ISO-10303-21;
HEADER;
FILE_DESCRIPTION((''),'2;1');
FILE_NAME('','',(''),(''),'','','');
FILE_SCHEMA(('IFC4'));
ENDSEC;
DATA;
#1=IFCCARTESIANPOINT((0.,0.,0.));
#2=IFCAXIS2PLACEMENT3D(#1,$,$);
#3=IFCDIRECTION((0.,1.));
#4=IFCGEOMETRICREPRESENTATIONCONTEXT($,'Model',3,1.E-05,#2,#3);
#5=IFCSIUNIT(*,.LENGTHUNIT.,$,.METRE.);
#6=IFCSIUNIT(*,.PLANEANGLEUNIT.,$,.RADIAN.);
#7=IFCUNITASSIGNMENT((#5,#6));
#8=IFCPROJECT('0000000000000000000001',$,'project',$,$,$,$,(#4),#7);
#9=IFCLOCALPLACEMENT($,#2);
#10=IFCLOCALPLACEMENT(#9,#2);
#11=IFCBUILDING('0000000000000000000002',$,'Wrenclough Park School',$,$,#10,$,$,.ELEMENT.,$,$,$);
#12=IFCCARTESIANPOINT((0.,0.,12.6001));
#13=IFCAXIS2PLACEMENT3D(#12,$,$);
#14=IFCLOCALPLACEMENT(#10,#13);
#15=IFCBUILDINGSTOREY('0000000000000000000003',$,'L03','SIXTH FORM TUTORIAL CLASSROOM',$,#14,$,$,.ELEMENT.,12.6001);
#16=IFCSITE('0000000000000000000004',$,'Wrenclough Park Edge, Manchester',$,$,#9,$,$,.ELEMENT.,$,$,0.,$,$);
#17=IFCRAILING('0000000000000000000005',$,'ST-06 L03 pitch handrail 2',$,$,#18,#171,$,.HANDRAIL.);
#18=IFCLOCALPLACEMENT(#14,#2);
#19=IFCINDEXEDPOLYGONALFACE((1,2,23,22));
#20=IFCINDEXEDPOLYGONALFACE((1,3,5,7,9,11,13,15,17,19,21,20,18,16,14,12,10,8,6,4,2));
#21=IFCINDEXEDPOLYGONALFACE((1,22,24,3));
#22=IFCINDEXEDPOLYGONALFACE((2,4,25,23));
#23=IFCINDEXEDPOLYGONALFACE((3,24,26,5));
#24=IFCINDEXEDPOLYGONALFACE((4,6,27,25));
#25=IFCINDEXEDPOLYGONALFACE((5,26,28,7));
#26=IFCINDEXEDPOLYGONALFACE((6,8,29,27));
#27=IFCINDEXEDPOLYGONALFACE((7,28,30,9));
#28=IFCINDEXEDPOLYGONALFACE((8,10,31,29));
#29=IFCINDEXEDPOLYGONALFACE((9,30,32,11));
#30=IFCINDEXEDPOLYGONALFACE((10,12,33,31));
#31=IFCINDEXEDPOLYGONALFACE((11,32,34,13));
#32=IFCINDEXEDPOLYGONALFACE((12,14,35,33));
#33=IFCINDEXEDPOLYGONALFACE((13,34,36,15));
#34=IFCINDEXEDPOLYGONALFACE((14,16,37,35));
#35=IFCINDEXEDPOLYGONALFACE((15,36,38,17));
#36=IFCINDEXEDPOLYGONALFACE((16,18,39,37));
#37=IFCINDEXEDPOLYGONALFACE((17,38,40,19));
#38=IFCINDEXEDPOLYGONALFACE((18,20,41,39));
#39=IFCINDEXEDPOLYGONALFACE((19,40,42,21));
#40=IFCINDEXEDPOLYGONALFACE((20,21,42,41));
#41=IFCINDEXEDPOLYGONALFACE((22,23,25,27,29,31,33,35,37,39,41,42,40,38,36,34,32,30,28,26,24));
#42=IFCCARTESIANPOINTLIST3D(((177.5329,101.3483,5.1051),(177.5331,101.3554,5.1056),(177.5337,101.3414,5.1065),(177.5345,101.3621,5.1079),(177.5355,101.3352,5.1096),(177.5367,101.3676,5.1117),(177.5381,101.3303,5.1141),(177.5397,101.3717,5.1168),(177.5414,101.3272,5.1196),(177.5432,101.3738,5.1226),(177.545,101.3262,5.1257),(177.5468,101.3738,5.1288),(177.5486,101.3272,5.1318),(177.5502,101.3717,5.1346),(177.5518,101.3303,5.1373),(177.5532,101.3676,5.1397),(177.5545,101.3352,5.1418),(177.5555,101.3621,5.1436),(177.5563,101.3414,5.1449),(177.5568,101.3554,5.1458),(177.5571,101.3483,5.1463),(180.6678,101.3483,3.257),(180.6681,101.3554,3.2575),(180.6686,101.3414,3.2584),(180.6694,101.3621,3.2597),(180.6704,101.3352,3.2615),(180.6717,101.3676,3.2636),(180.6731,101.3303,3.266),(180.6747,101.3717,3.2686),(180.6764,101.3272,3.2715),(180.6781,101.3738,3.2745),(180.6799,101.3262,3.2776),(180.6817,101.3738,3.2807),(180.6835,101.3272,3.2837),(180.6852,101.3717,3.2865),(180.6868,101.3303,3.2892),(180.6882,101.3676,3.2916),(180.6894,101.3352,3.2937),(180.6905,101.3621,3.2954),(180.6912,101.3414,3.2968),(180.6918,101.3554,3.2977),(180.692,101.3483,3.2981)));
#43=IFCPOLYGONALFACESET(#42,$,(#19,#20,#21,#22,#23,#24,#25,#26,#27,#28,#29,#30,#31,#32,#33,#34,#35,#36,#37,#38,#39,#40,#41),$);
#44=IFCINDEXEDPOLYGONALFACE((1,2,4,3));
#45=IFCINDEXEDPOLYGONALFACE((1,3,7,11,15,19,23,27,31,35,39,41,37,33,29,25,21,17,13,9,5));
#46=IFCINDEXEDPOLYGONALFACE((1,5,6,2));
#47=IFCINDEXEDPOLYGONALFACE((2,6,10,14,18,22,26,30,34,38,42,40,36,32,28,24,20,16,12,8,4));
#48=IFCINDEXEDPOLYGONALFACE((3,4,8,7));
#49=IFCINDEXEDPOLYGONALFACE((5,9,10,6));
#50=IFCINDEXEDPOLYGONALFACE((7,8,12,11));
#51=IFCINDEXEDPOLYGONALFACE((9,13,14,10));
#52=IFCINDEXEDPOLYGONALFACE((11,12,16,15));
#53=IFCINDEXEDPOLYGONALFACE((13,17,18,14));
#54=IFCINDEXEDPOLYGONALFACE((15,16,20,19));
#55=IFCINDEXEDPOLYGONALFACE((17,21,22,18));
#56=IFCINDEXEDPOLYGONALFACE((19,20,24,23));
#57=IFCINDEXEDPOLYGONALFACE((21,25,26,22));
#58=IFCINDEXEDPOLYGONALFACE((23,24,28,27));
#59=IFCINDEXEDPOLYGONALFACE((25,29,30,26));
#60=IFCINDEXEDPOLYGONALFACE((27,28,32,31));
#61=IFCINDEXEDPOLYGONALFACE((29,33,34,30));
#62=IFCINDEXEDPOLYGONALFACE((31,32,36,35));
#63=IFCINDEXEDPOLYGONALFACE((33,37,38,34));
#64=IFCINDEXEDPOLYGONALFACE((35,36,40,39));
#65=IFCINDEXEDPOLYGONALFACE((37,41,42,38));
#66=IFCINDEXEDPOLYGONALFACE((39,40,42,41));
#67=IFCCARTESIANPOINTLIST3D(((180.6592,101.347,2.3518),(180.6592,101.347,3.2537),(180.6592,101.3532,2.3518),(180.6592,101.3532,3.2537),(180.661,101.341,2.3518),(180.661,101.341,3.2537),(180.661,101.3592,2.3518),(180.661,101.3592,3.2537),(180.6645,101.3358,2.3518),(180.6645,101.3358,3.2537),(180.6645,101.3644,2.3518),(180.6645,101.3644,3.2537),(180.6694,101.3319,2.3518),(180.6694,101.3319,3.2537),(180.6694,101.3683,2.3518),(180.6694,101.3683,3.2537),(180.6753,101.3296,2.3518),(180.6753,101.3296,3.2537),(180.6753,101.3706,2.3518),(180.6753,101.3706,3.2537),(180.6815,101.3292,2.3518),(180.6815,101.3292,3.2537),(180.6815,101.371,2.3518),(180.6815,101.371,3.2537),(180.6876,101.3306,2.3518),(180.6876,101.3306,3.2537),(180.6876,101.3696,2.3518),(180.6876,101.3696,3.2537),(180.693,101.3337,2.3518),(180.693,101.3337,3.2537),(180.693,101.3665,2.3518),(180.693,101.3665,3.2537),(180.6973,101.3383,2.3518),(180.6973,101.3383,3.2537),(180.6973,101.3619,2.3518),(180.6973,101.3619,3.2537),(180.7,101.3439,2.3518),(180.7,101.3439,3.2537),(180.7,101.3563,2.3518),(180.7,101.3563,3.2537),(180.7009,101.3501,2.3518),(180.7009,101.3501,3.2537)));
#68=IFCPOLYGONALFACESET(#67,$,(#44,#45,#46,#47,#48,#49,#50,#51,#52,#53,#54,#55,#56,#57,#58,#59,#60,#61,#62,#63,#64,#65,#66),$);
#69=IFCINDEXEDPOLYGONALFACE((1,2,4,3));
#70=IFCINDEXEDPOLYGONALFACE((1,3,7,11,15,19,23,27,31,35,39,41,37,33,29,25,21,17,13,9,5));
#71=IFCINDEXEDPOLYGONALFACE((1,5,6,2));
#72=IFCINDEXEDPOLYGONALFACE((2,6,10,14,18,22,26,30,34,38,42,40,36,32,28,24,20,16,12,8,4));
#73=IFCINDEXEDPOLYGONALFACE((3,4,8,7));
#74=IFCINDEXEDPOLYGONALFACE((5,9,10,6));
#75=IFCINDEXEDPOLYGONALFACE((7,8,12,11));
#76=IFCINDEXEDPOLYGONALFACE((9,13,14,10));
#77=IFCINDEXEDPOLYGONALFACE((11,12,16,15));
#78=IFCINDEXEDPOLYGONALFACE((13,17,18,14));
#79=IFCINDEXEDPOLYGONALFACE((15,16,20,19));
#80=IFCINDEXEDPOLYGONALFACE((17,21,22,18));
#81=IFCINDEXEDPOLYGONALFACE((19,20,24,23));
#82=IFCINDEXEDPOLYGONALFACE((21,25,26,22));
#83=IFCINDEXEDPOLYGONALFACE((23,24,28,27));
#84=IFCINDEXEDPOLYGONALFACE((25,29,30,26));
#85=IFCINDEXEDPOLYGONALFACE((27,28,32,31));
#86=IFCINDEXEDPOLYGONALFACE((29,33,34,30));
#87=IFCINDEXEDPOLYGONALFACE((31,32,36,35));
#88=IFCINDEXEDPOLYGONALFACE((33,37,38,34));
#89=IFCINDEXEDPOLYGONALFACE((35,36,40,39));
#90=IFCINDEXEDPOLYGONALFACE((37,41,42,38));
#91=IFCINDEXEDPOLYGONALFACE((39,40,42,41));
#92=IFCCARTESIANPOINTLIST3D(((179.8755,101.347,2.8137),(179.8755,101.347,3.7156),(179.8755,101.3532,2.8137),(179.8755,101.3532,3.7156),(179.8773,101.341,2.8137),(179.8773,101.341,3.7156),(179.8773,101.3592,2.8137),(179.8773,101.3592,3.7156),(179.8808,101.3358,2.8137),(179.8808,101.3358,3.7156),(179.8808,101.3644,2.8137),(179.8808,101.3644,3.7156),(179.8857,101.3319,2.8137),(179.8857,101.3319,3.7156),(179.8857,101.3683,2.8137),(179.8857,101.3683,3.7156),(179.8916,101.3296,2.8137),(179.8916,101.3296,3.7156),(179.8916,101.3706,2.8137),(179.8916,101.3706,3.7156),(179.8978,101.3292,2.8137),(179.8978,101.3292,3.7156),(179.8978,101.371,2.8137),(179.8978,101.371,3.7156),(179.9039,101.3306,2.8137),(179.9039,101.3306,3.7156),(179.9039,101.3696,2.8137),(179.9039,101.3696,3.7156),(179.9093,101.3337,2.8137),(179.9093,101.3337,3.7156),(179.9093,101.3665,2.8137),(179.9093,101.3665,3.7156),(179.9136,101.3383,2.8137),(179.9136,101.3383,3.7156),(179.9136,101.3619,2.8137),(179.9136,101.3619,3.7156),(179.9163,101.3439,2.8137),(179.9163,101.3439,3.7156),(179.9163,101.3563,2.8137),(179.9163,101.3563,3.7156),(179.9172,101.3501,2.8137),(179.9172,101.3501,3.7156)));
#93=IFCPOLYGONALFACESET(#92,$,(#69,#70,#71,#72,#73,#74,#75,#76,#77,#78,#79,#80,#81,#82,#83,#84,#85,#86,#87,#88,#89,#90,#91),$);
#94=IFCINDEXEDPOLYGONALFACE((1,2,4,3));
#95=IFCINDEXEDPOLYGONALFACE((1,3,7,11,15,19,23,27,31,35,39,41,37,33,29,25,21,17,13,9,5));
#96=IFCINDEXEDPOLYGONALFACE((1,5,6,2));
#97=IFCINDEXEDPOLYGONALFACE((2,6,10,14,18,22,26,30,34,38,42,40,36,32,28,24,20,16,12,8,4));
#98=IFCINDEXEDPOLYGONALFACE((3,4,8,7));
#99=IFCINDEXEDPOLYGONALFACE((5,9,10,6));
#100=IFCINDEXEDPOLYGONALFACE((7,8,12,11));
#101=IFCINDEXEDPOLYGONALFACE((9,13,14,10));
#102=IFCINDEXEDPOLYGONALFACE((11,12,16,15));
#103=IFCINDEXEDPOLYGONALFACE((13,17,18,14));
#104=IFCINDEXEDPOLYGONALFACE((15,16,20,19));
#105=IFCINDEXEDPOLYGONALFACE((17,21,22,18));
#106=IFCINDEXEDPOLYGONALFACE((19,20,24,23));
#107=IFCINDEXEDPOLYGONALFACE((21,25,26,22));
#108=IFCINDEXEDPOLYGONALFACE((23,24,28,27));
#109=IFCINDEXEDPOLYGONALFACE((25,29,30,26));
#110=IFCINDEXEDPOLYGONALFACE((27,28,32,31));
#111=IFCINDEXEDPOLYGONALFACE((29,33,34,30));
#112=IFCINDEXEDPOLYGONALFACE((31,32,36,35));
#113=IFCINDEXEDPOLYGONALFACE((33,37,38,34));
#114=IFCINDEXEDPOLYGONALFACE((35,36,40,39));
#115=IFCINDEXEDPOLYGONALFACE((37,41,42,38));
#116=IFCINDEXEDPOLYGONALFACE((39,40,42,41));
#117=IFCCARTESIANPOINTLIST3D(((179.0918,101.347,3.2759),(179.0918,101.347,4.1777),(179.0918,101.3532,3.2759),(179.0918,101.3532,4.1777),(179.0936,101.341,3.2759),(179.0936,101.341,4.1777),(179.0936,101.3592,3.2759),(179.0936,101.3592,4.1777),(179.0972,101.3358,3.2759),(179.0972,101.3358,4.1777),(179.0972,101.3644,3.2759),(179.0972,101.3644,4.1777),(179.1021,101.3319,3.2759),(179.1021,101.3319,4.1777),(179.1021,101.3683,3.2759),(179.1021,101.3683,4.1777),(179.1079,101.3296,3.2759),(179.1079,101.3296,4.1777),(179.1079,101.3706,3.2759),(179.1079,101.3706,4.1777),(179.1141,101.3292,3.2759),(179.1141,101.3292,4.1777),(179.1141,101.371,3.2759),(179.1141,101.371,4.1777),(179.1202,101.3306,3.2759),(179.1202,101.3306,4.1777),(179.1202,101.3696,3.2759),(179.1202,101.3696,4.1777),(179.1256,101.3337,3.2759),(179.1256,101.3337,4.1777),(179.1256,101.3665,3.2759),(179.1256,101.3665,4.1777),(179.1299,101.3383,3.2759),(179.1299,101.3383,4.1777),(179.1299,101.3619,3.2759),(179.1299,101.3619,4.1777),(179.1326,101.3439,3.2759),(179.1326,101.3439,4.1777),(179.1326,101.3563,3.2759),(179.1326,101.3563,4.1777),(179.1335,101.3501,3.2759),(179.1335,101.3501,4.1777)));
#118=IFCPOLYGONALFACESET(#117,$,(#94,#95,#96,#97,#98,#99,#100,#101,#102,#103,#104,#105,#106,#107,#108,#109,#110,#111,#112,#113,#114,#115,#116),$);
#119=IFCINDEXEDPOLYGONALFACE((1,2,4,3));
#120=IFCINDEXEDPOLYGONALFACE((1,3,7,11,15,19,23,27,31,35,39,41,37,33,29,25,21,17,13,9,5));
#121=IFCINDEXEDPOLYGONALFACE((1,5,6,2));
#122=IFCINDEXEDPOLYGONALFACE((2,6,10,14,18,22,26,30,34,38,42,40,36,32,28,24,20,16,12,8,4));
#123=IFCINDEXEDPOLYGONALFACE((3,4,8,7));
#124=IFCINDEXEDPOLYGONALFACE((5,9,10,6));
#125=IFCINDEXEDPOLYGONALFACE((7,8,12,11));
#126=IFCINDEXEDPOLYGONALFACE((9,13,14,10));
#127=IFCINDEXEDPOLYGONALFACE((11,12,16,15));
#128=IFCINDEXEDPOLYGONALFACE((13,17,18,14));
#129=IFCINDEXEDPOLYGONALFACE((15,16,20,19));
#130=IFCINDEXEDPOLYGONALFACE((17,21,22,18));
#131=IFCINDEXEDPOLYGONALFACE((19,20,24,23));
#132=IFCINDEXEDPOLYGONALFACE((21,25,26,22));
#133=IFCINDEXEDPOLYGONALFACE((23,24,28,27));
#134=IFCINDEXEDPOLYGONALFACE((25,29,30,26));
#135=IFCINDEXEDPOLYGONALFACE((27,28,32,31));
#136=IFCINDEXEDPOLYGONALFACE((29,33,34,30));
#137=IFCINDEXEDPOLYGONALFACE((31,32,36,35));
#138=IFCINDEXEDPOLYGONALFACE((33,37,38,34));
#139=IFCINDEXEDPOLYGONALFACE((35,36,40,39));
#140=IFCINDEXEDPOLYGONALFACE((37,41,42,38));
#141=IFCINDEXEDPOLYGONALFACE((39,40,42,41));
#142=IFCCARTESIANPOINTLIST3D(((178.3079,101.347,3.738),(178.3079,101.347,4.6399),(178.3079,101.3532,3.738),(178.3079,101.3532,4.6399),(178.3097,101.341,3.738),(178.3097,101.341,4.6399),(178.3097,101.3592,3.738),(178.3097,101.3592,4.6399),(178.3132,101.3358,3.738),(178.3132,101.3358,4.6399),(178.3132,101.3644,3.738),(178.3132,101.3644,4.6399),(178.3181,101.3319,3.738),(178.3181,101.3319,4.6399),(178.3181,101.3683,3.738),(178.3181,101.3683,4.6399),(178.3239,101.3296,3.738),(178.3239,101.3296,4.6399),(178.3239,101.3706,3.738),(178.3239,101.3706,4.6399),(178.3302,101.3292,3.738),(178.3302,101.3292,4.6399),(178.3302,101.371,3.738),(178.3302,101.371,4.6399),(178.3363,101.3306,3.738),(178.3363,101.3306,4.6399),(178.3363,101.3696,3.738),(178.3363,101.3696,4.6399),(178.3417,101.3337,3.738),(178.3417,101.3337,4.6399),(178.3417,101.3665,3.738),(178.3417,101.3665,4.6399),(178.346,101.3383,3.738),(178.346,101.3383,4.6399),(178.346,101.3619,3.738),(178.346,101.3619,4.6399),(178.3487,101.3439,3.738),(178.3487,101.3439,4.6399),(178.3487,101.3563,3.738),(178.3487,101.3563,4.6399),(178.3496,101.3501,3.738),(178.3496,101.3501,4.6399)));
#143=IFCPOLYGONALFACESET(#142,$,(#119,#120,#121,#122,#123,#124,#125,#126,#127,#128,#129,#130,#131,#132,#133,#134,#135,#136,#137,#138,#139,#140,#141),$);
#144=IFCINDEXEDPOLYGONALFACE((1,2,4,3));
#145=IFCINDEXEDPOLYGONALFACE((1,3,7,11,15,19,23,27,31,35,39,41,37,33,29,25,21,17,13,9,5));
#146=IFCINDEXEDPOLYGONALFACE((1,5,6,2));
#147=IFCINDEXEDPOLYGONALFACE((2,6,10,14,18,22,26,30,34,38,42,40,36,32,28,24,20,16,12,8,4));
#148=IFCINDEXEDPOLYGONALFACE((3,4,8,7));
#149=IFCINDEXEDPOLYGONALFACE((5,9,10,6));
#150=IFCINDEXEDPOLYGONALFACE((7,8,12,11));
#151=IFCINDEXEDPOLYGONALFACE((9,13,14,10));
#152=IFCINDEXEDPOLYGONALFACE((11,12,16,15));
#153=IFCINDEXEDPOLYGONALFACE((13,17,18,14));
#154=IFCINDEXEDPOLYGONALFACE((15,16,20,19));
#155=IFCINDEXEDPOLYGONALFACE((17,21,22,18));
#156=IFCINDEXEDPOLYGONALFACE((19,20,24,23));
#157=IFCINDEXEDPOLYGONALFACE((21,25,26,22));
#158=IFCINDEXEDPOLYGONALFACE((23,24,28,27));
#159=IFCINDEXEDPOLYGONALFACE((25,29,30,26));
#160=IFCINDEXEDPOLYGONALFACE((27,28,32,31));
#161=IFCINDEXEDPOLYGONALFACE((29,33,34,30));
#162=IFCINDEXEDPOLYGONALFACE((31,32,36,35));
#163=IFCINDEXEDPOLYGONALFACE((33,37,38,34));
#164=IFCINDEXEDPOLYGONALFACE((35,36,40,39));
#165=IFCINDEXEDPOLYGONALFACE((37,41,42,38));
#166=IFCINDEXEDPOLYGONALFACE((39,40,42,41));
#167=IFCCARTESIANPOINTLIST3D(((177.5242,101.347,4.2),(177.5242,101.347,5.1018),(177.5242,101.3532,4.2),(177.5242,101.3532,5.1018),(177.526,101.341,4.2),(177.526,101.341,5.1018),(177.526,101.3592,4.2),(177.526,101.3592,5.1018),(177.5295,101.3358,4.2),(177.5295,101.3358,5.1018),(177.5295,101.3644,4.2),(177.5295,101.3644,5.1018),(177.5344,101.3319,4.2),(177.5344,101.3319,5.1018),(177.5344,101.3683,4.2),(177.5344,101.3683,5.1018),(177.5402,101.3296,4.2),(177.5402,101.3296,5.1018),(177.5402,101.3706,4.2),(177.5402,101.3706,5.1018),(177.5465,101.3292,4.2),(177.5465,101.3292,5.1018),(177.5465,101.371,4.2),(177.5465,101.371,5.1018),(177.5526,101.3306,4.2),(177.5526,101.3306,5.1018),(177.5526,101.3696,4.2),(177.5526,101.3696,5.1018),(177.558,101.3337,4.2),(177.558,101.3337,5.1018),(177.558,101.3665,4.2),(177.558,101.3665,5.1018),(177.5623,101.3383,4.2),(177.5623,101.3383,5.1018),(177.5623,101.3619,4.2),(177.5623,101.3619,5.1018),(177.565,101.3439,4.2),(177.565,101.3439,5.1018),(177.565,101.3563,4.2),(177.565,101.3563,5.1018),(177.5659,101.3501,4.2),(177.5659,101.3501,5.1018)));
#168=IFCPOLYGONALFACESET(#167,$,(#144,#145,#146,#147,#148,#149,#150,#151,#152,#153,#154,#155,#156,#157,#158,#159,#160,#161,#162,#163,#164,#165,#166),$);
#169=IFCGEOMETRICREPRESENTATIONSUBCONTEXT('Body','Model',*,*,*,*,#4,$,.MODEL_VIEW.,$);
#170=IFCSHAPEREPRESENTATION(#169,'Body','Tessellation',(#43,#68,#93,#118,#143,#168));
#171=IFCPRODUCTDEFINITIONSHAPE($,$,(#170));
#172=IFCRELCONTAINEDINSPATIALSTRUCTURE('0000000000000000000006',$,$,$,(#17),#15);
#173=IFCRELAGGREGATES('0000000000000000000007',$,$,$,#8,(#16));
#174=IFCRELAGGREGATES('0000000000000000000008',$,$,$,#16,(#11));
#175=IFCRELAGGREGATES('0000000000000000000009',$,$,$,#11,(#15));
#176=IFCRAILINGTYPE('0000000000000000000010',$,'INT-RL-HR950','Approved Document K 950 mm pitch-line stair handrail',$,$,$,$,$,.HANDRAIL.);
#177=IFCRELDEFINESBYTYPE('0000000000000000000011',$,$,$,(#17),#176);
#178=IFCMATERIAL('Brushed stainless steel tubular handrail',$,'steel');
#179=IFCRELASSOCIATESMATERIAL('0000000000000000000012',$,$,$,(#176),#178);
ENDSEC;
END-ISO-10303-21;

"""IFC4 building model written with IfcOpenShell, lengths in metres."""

from ifc_helpers import new_model, si_unit, direction, frame, origin, origin_2d, place, context, subcontext, project, spatial, circle, extrude, material, type_object, element, save


model = new_model("IFC4")

# Units and contexts
model_context = context("Model", 3, precision=1e-05, world=origin(), true_north=direction((0.0, 1.0)))
body_context = subcontext(model_context, "Body", "Model", "MODEL_VIEW")
ifc_project = project(units=[si_unit("LENGTHUNIT", "METRE"), si_unit("PLANEANGLEUNIT", "RADIAN")], contexts=[model_context])

# Site, building, storey
site_placement = place(None, origin())
site = spatial("IfcSite", under=ifc_project, at=site_placement, Name="Wrenclough Park Edge, Manchester", CompositionType="ELEMENT", RefElevation=0.0)
building_placement = place(site_placement, origin())
building = spatial("IfcBuilding", under=site, at=building_placement, Name="Wrenclough Park School", CompositionType="ELEMENT")
storey_placement = place(building_placement, frame((0.0, 0.0, 12.6001)))
storey = spatial("IfcBuildingStorey", under=building, at=storey_placement, Name="L03", Description="SIXTH FORM TUTORIAL CLASSROOM", CompositionType="ELEMENT", Elevation=12.6001)

# Railing
ifc_material_1 = material(Name="Brushed stainless steel tubular handrail", Category="steel")
railing_type = type_object("IfcRailingType", Name="INT-RL-HR950", Description="Approved Document K 950 mm pitch-line stair handrail", PredefinedType="HANDRAIL", material=ifc_material_1)
railing_placement = place(storey_placement, frame((180.6799, 101.3501, 2.3518)))
element("IfcRailing", 1, at=railing_placement, inside=storey, type_object=railing_type, Name="ST-06 L03 pitch handrail 2", PredefinedType="HANDRAIL", context=body_context, shape_type="SweptSolid", body=[
    extrude(circle(Radius=0.0239, at=origin_2d()), frame((0.0, 0.0, 0.9258), z_axis=(-0.861451, 0.0, 0.507841), x_axis=(0.0, -1.0, 0.0)), (0.0, 0.0, 1.0), 3.6392),
    extrude(circle(Radius=0.021, at=origin_2d()), origin(), (0.0, 0.0, 1.0), 0.9019),
    extrude(circle(Radius=0.021, at=origin_2d()), frame((-0.7837, 0.0, 0.4619)), (0.0, 0.0, 1.0), 0.9019),
    extrude(circle(Radius=0.021, at=origin_2d()), frame((-1.5674, 0.0, 0.9241)), (0.0, 0.0, 1.0), 0.9019),
    extrude(circle(Radius=0.021, at=origin_2d()), frame((-2.3513, 0.0, 1.3862)), (0.0, 0.0, 1.0), 0.9019),
    extrude(circle(Radius=0.021, at=origin_2d()), frame((-3.135, 0.0, 1.8481)), (0.0, 0.0, 1.0), 0.9019),
])

save(model, "model.ifc")
